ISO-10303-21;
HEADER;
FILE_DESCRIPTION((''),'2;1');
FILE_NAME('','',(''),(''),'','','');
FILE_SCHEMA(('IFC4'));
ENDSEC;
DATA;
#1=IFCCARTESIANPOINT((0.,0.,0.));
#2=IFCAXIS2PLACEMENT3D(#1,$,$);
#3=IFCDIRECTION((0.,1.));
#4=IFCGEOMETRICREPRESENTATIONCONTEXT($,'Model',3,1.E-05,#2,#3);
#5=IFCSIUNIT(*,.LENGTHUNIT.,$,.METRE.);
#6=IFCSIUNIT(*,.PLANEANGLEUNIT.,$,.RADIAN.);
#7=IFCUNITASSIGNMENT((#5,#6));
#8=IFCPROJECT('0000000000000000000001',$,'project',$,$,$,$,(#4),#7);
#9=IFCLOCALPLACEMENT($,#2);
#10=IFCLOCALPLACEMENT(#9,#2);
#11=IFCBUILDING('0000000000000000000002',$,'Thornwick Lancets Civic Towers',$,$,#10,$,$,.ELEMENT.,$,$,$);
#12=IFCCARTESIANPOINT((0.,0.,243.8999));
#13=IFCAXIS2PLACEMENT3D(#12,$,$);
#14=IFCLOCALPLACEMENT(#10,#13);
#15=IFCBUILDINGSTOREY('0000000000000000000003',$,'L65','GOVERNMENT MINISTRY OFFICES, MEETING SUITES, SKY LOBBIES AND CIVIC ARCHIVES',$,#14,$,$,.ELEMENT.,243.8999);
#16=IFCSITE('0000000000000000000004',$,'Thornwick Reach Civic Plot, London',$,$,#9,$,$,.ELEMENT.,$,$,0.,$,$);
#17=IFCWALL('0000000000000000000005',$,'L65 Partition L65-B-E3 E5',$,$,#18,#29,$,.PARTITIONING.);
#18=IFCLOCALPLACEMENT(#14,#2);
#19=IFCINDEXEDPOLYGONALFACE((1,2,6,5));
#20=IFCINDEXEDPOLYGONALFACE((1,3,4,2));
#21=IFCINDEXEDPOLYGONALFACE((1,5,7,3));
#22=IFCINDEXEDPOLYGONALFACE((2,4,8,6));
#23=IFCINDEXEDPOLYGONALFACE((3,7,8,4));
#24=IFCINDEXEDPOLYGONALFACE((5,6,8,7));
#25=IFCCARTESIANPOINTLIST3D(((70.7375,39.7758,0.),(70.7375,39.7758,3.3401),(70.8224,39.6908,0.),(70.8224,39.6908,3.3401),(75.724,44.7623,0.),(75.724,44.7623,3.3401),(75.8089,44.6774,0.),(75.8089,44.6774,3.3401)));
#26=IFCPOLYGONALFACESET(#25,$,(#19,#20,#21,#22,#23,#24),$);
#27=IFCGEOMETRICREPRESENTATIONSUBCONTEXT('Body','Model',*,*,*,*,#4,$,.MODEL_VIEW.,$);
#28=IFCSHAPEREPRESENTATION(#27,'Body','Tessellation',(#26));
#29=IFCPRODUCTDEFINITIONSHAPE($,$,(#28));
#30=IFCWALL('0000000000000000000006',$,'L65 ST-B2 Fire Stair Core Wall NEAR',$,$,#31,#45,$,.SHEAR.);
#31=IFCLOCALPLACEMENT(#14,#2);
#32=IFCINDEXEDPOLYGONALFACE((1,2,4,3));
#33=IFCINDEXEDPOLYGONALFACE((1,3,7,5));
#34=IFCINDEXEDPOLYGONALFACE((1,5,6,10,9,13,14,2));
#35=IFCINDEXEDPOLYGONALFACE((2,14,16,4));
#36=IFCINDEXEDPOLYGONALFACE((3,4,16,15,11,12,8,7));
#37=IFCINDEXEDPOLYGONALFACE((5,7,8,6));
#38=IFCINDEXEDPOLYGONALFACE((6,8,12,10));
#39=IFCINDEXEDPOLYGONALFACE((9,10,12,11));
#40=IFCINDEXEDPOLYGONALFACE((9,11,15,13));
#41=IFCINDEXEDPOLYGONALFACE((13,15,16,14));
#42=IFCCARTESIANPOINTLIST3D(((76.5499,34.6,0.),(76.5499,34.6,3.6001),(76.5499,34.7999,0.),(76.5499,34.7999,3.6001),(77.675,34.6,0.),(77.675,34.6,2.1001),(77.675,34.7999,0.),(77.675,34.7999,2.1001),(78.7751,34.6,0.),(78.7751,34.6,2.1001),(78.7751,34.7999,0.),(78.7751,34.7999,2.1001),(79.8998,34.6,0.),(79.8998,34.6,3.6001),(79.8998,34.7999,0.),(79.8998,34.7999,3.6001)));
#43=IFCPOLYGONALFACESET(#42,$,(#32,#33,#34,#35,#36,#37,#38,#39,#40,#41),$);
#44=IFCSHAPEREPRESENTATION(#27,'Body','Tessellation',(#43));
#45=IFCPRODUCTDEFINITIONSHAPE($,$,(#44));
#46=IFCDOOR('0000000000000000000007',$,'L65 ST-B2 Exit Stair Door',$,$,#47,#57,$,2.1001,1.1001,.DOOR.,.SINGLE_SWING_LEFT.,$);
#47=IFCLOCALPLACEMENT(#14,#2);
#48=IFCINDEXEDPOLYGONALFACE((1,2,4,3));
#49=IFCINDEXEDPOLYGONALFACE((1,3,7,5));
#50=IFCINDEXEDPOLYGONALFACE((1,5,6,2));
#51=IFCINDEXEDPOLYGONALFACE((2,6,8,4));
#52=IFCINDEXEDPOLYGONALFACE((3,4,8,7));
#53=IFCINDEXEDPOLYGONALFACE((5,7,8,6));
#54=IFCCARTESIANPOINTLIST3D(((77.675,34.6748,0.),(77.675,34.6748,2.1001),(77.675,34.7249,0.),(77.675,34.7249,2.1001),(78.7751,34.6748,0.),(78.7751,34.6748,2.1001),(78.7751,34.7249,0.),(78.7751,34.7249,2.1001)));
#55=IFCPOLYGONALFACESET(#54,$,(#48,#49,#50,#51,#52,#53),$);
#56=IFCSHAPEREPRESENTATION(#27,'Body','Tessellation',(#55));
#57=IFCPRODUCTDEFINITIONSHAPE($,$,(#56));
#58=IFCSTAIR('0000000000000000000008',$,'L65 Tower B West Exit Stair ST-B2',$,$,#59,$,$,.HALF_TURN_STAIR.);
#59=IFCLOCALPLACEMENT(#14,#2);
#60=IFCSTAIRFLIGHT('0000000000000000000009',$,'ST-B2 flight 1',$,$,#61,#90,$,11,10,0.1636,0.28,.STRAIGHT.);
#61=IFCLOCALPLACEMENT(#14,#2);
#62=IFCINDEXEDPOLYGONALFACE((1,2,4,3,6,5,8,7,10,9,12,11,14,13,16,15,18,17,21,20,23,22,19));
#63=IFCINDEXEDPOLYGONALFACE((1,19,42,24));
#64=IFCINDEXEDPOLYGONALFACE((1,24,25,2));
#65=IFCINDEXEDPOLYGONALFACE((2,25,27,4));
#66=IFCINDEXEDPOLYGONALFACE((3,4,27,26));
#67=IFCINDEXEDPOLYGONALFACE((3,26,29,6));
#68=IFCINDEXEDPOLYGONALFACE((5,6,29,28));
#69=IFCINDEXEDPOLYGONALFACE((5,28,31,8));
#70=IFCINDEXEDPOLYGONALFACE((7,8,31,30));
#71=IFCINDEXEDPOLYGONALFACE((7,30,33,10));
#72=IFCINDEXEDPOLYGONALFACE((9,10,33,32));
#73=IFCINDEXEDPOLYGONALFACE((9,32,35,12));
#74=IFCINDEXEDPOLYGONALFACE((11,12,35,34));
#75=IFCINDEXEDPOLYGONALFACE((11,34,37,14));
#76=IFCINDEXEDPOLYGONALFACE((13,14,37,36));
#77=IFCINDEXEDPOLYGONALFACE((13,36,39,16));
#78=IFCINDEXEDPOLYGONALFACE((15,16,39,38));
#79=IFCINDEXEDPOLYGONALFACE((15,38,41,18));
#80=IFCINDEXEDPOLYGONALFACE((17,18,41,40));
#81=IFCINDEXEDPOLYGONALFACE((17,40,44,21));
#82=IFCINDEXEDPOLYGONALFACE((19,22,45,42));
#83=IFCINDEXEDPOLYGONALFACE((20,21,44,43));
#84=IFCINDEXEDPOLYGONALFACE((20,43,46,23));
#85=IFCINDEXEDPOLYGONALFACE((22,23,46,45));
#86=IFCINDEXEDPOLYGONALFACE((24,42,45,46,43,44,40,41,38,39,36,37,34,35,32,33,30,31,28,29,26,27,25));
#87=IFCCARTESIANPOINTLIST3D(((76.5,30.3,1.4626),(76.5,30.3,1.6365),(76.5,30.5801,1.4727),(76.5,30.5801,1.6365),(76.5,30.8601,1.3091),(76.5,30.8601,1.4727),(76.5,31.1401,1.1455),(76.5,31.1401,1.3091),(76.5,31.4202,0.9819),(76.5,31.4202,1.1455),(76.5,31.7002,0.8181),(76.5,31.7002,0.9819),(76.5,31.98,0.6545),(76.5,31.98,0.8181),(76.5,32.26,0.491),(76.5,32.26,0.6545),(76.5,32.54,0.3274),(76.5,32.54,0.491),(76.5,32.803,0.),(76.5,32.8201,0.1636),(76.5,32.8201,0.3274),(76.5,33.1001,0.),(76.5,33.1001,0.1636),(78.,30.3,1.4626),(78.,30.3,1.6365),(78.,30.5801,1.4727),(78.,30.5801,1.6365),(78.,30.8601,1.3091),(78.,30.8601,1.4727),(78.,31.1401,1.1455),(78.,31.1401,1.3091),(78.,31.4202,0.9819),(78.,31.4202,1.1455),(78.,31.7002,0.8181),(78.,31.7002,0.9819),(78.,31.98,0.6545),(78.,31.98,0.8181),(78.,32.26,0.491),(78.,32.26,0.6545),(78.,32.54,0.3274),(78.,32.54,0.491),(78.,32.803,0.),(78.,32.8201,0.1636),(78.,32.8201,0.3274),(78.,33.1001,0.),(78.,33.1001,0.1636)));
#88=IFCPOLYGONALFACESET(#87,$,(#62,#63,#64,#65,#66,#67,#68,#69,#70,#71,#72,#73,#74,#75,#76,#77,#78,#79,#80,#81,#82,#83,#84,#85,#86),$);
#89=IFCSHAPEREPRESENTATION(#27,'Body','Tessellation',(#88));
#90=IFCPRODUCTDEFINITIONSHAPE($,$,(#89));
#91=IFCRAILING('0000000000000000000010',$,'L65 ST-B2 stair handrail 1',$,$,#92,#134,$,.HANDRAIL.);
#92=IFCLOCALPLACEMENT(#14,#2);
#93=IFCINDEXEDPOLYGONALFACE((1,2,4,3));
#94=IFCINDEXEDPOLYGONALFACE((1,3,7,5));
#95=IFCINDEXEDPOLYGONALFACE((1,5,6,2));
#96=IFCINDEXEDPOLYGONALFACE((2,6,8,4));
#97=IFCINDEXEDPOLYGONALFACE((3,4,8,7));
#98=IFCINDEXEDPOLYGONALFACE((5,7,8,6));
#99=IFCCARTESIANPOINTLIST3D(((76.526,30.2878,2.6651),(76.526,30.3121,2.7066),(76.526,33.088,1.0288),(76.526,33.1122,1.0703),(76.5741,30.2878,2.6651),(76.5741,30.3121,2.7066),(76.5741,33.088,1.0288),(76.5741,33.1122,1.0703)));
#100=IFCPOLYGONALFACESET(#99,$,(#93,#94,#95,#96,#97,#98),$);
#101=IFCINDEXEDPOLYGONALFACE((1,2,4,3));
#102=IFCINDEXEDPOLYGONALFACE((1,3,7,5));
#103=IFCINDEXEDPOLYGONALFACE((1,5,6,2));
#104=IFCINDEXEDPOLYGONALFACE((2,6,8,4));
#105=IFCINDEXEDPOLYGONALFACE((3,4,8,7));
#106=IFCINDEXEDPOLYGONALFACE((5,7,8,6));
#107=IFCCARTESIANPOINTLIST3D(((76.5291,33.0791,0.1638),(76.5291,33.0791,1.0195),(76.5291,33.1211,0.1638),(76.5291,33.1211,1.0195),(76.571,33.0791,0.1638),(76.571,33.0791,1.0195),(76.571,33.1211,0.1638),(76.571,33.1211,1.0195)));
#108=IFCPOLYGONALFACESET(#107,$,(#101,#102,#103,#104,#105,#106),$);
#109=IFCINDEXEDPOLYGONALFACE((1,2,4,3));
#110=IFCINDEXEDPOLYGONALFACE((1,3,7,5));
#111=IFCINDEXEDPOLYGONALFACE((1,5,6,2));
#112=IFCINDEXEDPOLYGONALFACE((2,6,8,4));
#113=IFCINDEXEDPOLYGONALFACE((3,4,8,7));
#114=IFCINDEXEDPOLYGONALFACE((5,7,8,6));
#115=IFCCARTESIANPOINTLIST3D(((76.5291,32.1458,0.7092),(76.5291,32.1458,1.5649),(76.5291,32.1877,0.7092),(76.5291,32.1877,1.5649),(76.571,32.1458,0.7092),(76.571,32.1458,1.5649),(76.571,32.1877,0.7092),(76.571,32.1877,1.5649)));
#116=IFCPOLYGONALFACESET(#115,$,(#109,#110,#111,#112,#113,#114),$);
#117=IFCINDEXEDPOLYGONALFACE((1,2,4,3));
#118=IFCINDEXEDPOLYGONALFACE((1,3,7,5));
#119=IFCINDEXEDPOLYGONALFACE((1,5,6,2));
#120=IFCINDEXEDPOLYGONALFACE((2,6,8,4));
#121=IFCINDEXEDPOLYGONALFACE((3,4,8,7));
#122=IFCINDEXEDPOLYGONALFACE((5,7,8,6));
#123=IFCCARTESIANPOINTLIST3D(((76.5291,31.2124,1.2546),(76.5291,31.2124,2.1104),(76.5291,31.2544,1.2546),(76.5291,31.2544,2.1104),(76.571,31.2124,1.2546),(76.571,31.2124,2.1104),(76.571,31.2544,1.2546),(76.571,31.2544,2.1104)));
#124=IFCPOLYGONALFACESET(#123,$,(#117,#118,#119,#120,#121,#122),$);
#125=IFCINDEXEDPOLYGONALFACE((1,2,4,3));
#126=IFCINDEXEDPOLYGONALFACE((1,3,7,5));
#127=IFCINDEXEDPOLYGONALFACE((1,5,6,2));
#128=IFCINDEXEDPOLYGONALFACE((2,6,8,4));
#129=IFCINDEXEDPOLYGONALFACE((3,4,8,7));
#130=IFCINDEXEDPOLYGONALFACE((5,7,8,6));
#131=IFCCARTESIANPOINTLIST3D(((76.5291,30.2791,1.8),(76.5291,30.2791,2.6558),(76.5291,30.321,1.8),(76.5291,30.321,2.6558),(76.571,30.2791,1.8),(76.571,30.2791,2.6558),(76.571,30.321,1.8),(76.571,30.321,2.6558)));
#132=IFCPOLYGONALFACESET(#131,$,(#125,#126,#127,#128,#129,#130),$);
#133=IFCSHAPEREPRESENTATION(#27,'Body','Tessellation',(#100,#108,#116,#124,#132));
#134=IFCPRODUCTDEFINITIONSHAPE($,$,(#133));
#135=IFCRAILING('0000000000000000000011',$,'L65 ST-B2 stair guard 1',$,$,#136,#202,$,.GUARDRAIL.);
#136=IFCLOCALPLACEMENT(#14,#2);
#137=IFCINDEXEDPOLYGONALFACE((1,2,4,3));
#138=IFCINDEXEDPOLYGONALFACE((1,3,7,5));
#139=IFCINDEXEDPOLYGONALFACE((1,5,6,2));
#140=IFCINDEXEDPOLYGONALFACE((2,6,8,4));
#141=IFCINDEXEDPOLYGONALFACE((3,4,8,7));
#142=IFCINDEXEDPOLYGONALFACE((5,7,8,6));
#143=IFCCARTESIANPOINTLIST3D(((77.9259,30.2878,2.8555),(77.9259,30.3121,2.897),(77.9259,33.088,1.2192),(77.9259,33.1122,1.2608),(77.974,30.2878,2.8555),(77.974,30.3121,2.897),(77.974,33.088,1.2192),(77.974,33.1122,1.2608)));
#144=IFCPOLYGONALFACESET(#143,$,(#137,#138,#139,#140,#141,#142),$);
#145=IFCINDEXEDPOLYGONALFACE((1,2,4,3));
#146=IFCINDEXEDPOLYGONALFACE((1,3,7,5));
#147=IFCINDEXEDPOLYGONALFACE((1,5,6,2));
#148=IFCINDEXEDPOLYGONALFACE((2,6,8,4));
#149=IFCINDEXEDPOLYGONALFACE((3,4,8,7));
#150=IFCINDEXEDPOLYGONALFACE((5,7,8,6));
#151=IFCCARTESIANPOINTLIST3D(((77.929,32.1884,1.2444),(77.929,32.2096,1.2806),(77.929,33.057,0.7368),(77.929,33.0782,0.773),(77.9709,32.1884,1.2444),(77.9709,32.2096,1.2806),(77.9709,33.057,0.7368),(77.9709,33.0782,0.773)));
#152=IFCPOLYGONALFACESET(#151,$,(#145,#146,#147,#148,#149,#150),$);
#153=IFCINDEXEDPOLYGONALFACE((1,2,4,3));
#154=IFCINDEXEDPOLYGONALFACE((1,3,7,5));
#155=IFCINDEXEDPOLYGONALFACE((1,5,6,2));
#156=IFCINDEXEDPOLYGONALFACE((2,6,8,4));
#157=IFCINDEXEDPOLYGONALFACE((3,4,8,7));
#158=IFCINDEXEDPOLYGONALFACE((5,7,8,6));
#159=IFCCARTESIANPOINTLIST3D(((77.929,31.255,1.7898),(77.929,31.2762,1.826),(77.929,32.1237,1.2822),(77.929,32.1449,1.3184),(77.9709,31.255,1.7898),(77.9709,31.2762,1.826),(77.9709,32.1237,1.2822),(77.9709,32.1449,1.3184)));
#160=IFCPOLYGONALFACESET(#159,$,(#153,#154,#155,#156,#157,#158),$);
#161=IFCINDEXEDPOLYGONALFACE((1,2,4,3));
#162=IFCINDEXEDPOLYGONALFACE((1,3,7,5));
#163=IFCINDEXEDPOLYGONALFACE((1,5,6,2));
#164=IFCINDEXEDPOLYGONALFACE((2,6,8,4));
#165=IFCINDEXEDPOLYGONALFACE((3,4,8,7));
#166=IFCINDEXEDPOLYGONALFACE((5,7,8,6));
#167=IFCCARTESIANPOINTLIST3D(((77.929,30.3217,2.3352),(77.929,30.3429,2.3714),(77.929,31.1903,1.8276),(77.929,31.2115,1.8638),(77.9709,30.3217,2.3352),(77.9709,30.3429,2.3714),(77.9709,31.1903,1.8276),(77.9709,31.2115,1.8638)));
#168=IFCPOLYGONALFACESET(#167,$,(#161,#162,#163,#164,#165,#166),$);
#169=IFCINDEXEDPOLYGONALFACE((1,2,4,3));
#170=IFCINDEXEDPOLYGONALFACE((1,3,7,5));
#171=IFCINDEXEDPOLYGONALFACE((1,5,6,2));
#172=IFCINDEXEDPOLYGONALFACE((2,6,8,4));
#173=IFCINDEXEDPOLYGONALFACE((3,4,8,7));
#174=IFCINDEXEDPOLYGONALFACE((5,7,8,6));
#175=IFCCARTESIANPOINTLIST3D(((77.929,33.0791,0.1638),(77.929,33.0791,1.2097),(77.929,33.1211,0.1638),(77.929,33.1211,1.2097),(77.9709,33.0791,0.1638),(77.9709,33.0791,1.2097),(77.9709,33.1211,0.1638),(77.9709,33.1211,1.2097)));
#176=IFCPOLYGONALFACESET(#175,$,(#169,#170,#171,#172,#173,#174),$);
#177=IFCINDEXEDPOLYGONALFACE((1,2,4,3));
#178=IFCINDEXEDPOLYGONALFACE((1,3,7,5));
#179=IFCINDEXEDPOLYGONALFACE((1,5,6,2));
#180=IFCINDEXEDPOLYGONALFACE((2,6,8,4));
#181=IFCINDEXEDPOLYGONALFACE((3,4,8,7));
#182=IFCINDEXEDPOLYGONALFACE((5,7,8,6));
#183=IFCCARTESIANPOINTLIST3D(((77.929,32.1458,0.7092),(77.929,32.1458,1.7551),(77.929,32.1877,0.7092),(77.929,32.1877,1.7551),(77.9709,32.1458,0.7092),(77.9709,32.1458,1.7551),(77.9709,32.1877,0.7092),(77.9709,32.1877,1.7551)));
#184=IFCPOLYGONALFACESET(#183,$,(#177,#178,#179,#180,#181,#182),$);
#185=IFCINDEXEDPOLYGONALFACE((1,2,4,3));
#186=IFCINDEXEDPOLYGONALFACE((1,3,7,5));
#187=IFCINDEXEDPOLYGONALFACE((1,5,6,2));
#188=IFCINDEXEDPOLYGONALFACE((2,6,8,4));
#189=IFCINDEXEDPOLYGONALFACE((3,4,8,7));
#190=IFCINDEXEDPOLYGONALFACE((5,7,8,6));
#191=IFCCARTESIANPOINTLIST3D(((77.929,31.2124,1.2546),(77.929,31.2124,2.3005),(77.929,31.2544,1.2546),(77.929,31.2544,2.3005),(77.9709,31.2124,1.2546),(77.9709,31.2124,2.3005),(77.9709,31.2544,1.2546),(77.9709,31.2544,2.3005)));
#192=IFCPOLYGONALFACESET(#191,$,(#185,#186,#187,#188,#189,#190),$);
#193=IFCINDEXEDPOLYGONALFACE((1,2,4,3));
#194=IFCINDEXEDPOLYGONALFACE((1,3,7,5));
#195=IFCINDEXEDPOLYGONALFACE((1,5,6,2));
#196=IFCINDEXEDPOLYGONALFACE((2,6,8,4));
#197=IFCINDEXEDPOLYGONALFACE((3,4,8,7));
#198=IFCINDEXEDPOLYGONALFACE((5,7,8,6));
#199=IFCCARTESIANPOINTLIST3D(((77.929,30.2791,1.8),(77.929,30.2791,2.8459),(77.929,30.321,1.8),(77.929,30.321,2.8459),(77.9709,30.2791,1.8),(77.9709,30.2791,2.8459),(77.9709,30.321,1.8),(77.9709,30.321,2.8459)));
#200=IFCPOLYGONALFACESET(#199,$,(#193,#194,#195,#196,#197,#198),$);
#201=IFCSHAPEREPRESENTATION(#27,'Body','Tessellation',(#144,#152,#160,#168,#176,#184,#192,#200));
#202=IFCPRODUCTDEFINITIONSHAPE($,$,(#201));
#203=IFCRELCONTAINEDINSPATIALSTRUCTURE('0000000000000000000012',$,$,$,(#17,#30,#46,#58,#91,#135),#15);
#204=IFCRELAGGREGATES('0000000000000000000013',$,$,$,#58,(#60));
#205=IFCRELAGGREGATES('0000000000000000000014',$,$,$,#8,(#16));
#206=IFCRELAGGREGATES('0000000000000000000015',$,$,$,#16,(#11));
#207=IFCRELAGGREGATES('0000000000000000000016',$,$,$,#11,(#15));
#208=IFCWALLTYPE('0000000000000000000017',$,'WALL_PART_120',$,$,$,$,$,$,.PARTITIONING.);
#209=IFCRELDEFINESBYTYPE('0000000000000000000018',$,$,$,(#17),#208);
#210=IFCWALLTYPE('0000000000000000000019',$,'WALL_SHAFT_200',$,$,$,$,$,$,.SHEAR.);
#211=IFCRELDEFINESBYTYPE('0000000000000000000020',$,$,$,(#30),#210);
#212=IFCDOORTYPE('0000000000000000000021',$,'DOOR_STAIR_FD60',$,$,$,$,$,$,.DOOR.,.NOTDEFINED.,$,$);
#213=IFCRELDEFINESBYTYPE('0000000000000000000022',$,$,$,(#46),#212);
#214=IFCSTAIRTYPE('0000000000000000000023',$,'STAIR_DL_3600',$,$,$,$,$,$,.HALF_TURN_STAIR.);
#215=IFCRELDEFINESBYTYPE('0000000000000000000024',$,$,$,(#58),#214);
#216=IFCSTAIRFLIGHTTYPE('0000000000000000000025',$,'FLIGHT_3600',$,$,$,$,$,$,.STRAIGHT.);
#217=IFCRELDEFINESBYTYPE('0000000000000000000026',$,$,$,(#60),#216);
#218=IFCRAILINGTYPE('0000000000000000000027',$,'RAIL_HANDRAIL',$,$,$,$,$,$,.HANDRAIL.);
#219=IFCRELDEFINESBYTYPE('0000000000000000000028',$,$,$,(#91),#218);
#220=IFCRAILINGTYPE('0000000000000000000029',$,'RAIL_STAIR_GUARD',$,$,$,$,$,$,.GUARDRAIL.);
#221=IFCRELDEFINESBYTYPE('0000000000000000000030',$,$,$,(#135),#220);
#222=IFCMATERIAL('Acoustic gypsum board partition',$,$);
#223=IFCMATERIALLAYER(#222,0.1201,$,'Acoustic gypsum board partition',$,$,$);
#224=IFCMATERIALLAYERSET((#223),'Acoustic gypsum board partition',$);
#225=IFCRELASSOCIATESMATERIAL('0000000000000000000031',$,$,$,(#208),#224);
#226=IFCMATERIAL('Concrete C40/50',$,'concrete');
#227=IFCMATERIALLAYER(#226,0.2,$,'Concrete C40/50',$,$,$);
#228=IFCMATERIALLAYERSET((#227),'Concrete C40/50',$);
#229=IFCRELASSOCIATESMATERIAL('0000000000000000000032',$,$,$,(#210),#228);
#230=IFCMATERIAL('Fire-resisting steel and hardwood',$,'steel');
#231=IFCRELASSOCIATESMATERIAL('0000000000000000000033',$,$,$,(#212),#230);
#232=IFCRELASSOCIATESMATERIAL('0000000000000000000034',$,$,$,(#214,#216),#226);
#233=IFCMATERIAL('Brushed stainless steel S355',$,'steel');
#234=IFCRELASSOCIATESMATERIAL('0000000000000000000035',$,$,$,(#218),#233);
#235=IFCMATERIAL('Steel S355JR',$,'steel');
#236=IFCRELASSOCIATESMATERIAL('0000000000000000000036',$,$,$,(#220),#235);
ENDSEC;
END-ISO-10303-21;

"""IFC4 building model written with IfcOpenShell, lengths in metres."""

from ifc_helpers import new_model, si_unit, direction, frame, frame_2d, origin, origin_2d, place, context, subcontext, project, spatial, polyline, rectangle, outline, extrude, material, layer, layer_set, type_object, element, fill, aggregate, save


model = new_model("IFC4")

# Units and contexts
model_context = context("Model", 3, precision=1e-05, world=origin(), true_north=direction((0.0, 1.0)))
body_context = subcontext(model_context, "Body", "Model", "MODEL_VIEW")
ifc_project = project(units=[si_unit("LENGTHUNIT", "METRE"), si_unit("PLANEANGLEUNIT", "RADIAN")], contexts=[model_context])

# Site, building, storey
site_placement = place(None, origin())
site = spatial("IfcSite", under=ifc_project, at=site_placement, Name="Thornwick Reach Civic Plot, London", CompositionType="ELEMENT", RefElevation=0.0)
building_placement = place(site_placement, origin())
building = spatial("IfcBuilding", under=site, at=building_placement, Name="Thornwick Lancets Civic Towers", CompositionType="ELEMENT")
storey_placement = place(building_placement, frame((0.0, 0.0, 243.8999)))
storey = spatial("IfcBuildingStorey", under=building, at=storey_placement, Name="L65", Description="GOVERNMENT MINISTRY OFFICES, MEETING SUITES, SKY LOBBIES AND CIVIC ARCHIVES", CompositionType="ELEMENT", Elevation=243.8999)

# Shared definitions
ifc_material_1 = material(Name="Steel S355JR", Category="steel")
ifc_material_2 = material(Name="Concrete C40/50", Category="concrete")

# Wall
ifc_material_3 = material(Name="Acoustic gypsum board partition")
ifc_layer_1 = layer(ifc_material_3, 0.1201, Name="Acoustic gypsum board partition")
ifc_layer_set_1 = layer_set([ifc_layer_1], Name="Acoustic gypsum board partition")
wall_type_1 = type_object("IfcWallType", Name="WALL_PART_120", PredefinedType="PARTITIONING", material=ifc_layer_set_1)
wall_1_placement = place(storey_placement, frame((70.78, 39.7334, 0.0), z_axis=(0.0, 0.0, 1.0), x_axis=(0.707107, 0.707107, 0.0)))
element("IfcWall", 1, at=wall_1_placement, inside=storey, type_object=wall_type_1, Name="L65 Partition L65-B-E3 E5", PredefinedType="PARTITIONING", context=body_context, shape_type="SweptSolid", body=[
    extrude(rectangle(XDim=7.052, YDim=0.1201, at=frame_2d((3.5259, 0.0))), origin(), (0.0, 0.0, 1.0), 3.3401),
])

# Wall, opening, door
ifc_layer_2 = layer(ifc_material_2, 0.2, Name="Concrete C40/50")
ifc_layer_set_2 = layer_set([ifc_layer_2], Name="Concrete C40/50")
wall_type_2 = type_object("IfcWallType", Name="WALL_SHAFT_200", PredefinedType="SHEAR", material=ifc_layer_set_2)
wall_2_placement = place(storey_placement, frame((76.55, 34.7, 0.0), z_axis=(0.0, 0.0, 1.0), x_axis=(1.0, 0.0, 0.0)))
wall_2 = element("IfcWall", 2, at=wall_2_placement, inside=storey, type_object=wall_type_2, Name="L65 ST-B2 Fire Stair Core Wall NEAR", PredefinedType="SHEAR", context=body_context, shape_type="SweptSolid", body=[
    extrude(rectangle(XDim=3.3499, YDim=0.2, at=frame_2d((1.6748, 0.0))), origin(), (0.0, 0.0, 1.0), 3.6001),
])
opening_1_placement = place(wall_2_placement, frame((1.125, 0.0, 0.0)))
opening_1 = element("IfcOpeningElement", 3, at=opening_1_placement, cuts=wall_2, PredefinedType="OPENING", context=body_context, shape_type="SweptSolid", body=[
    extrude(rectangle(XDim=1.1001, YDim=2.1001, at=frame_2d((0.55, 1.05))), frame((0.0, 0.1099, 0.0), z_axis=(0.0, -1.0, 0.0), x_axis=(1.0, 0.0, 0.0)), (0.0, 0.0, 1.0), 0.22),
])
ifc_material_4 = material(Name="Fire-resisting steel and hardwood", Category="steel")
door_type = type_object("IfcDoorType", Name="DOOR_STAIR_FD60", OperationType="NOTDEFINED", PredefinedType="DOOR", material=ifc_material_4)
door_placement = place(opening_1_placement, origin())
door = element("IfcDoor", 4, at=door_placement, inside=storey, type_object=door_type, Name="L65 ST-B2 Exit Stair Door", OperationType="SINGLE_SWING_LEFT", OverallHeight=2.1001, OverallWidth=1.1001, PredefinedType="DOOR", context=body_context, shape_type="SweptSolid", body=[
    extrude(rectangle(XDim=1.1001, YDim=2.1001, at=frame_2d((0.55, 1.05))), frame((0.0, 0.0249, 0.0), z_axis=(0.0, -1.0, 0.0), x_axis=(1.0, 0.0, 0.0)), (0.0, 0.0, 1.0), 0.05),
])
fill(opening_1, door)

# Stair, stair flight
stair_type = type_object("IfcStairType", Name="STAIR_DL_3600", PredefinedType="HALF_TURN_STAIR", material=ifc_material_2)
stair_placement = place(storey_placement, origin())
stair = element("IfcStair", 5, at=stair_placement, inside=storey, type_object=stair_type, Name="L65 Tower B West Exit Stair ST-B2", PredefinedType="HALF_TURN_STAIR")
stair_flight_type = type_object("IfcStairFlightType", Name="FLIGHT_3600", PredefinedType="STRAIGHT", material=ifc_material_2)
stair_flight_placement = place(storey_placement, frame((77.25, 33.1001, 0.0), z_axis=(0.0, 0.0, 1.0), x_axis=(0.0, -1.0, 0.0)))
stair_flight = element("IfcStairFlight", 6, at=stair_flight_placement, type_object=stair_flight_type, Name="ST-B2 flight 1", NumberOfRisers=11, NumberOfTreads=10, PredefinedType="STRAIGHT", RiserHeight=0.1636, TreadLength=0.28, context=body_context, shape_type="SweptSolid", body=[
    extrude(outline(polyline([(0.0, 0.0), (0.0, 0.1636), (0.28, 0.1636), (0.28, 0.3274), (0.5601, 0.3274), (0.5601, 0.491), (0.8401, 0.491), (0.8401, 0.6545), (1.1201, 0.6545), (1.1201, 0.8181), (1.3999, 0.8181), (1.3999, 0.9819), (1.6799, 0.9819), (1.6799, 1.1455), (1.96, 1.1455), (1.96, 1.3091), (2.24, 1.3091), (2.24, 1.4727), (2.52, 1.4727), (2.52, 1.6365), (2.8, 1.6365), (2.8, 1.8), (2.8, 1.4626), (0.2971, 0.0), (0.0, 0.0)])), frame((0.0, 0.75, 0.0), z_axis=(0.0, -1.0, 0.0), x_axis=(1.0, 0.0, 0.0)), (0.0, 0.0, 1.0), 1.5),
])
aggregate(stair, [stair_flight])

# Railings
ifc_material_5 = material(Name="Brushed stainless steel S355", Category="steel")
railing_type_1 = type_object("IfcRailingType", Name="RAIL_HANDRAIL", PredefinedType="HANDRAIL", material=ifc_material_5)
railing_1_placement = place(storey_placement, frame((76.55, 33.1001, 0.1638)))
element("IfcRailing", 7, at=railing_1_placement, inside=storey, type_object=railing_type_1, Name="L65 ST-B2 stair handrail 1", PredefinedType="HANDRAIL", context=body_context, shape_type="SweptSolid", body=[
    extrude(rectangle(XDim=0.0481, YDim=0.0481, at=origin_2d()), frame((0.0, 0.0, 0.8857), z_axis=(0.0, -0.863394, 0.504531), x_axis=(1.0, 0.0, 0.0)), (0.0, 0.0, 1.0), 3.2432),
    extrude(rectangle(XDim=0.042, YDim=0.042, at=origin_2d()), origin(), (0.0, 0.0, 1.0), 0.8557),
    extrude(rectangle(XDim=0.042, YDim=0.042, at=origin_2d()), frame((0.0, -0.9333, 0.5454)), (0.0, 0.0, 1.0), 0.8557),
    extrude(rectangle(XDim=0.042, YDim=0.042, at=origin_2d()), frame((0.0, -1.8667, 1.0908)), (0.0, 0.0, 1.0), 0.8557),
    extrude(rectangle(XDim=0.042, YDim=0.042, at=origin_2d()), frame((0.0, -2.8, 1.6362)), (0.0, 0.0, 1.0), 0.8557),
])
railing_type_2 = type_object("IfcRailingType", Name="RAIL_STAIR_GUARD", PredefinedType="GUARDRAIL", material=ifc_material_1)
railing_2_placement = place(storey_placement, frame((77.95, 33.1001, 0.1638)))
element("IfcRailing", 8, at=railing_2_placement, inside=storey, type_object=railing_type_2, Name="L65 ST-B2 stair guard 1", PredefinedType="GUARDRAIL", context=body_context, shape_type="SweptSolid", body=[
    extrude(rectangle(XDim=0.0481, YDim=0.0481, at=origin_2d()), frame((0.0, 0.0, 1.0762), z_axis=(0.0, -0.863394, 0.504531), x_axis=(1.0, 0.0, 0.0)), (0.0, 0.0, 1.0), 3.2432),
    extrude(rectangle(XDim=0.042, YDim=0.042, at=origin_2d()), frame((0.0, -0.0325, 0.5911), z_axis=(0.0, -0.863394, 0.504531), x_axis=(1.0, 0.0, 0.0)), (0.0, 0.0, 1.0), 1.0061),
    extrude(rectangle(XDim=0.042, YDim=0.042, at=origin_2d()), frame((0.0, -0.9658, 1.1365), z_axis=(0.0, -0.863394, 0.504531), x_axis=(1.0, 0.0, 0.0)), (0.0, 0.0, 1.0), 1.0061),
    extrude(rectangle(XDim=0.042, YDim=0.042, at=origin_2d()), frame((0.0, -1.8992, 1.6819), z_axis=(0.0, -0.863394, 0.504531), x_axis=(1.0, 0.0, 0.0)), (0.0, 0.0, 1.0), 1.0061),
    extrude(rectangle(XDim=0.042, YDim=0.042, at=origin_2d()), origin(), (0.0, 0.0, 1.0), 1.0459),
    extrude(rectangle(XDim=0.042, YDim=0.042, at=origin_2d()), frame((0.0, -0.9333, 0.5454)), (0.0, 0.0, 1.0), 1.0459),
    extrude(rectangle(XDim=0.042, YDim=0.042, at=origin_2d()), frame((0.0, -1.8667, 1.0908)), (0.0, 0.0, 1.0), 1.0459),
    extrude(rectangle(XDim=0.042, YDim=0.042, at=origin_2d()), frame((0.0, -2.8, 1.6362)), (0.0, 0.0, 1.0), 1.0459),
])

save(model, "model.ifc")
